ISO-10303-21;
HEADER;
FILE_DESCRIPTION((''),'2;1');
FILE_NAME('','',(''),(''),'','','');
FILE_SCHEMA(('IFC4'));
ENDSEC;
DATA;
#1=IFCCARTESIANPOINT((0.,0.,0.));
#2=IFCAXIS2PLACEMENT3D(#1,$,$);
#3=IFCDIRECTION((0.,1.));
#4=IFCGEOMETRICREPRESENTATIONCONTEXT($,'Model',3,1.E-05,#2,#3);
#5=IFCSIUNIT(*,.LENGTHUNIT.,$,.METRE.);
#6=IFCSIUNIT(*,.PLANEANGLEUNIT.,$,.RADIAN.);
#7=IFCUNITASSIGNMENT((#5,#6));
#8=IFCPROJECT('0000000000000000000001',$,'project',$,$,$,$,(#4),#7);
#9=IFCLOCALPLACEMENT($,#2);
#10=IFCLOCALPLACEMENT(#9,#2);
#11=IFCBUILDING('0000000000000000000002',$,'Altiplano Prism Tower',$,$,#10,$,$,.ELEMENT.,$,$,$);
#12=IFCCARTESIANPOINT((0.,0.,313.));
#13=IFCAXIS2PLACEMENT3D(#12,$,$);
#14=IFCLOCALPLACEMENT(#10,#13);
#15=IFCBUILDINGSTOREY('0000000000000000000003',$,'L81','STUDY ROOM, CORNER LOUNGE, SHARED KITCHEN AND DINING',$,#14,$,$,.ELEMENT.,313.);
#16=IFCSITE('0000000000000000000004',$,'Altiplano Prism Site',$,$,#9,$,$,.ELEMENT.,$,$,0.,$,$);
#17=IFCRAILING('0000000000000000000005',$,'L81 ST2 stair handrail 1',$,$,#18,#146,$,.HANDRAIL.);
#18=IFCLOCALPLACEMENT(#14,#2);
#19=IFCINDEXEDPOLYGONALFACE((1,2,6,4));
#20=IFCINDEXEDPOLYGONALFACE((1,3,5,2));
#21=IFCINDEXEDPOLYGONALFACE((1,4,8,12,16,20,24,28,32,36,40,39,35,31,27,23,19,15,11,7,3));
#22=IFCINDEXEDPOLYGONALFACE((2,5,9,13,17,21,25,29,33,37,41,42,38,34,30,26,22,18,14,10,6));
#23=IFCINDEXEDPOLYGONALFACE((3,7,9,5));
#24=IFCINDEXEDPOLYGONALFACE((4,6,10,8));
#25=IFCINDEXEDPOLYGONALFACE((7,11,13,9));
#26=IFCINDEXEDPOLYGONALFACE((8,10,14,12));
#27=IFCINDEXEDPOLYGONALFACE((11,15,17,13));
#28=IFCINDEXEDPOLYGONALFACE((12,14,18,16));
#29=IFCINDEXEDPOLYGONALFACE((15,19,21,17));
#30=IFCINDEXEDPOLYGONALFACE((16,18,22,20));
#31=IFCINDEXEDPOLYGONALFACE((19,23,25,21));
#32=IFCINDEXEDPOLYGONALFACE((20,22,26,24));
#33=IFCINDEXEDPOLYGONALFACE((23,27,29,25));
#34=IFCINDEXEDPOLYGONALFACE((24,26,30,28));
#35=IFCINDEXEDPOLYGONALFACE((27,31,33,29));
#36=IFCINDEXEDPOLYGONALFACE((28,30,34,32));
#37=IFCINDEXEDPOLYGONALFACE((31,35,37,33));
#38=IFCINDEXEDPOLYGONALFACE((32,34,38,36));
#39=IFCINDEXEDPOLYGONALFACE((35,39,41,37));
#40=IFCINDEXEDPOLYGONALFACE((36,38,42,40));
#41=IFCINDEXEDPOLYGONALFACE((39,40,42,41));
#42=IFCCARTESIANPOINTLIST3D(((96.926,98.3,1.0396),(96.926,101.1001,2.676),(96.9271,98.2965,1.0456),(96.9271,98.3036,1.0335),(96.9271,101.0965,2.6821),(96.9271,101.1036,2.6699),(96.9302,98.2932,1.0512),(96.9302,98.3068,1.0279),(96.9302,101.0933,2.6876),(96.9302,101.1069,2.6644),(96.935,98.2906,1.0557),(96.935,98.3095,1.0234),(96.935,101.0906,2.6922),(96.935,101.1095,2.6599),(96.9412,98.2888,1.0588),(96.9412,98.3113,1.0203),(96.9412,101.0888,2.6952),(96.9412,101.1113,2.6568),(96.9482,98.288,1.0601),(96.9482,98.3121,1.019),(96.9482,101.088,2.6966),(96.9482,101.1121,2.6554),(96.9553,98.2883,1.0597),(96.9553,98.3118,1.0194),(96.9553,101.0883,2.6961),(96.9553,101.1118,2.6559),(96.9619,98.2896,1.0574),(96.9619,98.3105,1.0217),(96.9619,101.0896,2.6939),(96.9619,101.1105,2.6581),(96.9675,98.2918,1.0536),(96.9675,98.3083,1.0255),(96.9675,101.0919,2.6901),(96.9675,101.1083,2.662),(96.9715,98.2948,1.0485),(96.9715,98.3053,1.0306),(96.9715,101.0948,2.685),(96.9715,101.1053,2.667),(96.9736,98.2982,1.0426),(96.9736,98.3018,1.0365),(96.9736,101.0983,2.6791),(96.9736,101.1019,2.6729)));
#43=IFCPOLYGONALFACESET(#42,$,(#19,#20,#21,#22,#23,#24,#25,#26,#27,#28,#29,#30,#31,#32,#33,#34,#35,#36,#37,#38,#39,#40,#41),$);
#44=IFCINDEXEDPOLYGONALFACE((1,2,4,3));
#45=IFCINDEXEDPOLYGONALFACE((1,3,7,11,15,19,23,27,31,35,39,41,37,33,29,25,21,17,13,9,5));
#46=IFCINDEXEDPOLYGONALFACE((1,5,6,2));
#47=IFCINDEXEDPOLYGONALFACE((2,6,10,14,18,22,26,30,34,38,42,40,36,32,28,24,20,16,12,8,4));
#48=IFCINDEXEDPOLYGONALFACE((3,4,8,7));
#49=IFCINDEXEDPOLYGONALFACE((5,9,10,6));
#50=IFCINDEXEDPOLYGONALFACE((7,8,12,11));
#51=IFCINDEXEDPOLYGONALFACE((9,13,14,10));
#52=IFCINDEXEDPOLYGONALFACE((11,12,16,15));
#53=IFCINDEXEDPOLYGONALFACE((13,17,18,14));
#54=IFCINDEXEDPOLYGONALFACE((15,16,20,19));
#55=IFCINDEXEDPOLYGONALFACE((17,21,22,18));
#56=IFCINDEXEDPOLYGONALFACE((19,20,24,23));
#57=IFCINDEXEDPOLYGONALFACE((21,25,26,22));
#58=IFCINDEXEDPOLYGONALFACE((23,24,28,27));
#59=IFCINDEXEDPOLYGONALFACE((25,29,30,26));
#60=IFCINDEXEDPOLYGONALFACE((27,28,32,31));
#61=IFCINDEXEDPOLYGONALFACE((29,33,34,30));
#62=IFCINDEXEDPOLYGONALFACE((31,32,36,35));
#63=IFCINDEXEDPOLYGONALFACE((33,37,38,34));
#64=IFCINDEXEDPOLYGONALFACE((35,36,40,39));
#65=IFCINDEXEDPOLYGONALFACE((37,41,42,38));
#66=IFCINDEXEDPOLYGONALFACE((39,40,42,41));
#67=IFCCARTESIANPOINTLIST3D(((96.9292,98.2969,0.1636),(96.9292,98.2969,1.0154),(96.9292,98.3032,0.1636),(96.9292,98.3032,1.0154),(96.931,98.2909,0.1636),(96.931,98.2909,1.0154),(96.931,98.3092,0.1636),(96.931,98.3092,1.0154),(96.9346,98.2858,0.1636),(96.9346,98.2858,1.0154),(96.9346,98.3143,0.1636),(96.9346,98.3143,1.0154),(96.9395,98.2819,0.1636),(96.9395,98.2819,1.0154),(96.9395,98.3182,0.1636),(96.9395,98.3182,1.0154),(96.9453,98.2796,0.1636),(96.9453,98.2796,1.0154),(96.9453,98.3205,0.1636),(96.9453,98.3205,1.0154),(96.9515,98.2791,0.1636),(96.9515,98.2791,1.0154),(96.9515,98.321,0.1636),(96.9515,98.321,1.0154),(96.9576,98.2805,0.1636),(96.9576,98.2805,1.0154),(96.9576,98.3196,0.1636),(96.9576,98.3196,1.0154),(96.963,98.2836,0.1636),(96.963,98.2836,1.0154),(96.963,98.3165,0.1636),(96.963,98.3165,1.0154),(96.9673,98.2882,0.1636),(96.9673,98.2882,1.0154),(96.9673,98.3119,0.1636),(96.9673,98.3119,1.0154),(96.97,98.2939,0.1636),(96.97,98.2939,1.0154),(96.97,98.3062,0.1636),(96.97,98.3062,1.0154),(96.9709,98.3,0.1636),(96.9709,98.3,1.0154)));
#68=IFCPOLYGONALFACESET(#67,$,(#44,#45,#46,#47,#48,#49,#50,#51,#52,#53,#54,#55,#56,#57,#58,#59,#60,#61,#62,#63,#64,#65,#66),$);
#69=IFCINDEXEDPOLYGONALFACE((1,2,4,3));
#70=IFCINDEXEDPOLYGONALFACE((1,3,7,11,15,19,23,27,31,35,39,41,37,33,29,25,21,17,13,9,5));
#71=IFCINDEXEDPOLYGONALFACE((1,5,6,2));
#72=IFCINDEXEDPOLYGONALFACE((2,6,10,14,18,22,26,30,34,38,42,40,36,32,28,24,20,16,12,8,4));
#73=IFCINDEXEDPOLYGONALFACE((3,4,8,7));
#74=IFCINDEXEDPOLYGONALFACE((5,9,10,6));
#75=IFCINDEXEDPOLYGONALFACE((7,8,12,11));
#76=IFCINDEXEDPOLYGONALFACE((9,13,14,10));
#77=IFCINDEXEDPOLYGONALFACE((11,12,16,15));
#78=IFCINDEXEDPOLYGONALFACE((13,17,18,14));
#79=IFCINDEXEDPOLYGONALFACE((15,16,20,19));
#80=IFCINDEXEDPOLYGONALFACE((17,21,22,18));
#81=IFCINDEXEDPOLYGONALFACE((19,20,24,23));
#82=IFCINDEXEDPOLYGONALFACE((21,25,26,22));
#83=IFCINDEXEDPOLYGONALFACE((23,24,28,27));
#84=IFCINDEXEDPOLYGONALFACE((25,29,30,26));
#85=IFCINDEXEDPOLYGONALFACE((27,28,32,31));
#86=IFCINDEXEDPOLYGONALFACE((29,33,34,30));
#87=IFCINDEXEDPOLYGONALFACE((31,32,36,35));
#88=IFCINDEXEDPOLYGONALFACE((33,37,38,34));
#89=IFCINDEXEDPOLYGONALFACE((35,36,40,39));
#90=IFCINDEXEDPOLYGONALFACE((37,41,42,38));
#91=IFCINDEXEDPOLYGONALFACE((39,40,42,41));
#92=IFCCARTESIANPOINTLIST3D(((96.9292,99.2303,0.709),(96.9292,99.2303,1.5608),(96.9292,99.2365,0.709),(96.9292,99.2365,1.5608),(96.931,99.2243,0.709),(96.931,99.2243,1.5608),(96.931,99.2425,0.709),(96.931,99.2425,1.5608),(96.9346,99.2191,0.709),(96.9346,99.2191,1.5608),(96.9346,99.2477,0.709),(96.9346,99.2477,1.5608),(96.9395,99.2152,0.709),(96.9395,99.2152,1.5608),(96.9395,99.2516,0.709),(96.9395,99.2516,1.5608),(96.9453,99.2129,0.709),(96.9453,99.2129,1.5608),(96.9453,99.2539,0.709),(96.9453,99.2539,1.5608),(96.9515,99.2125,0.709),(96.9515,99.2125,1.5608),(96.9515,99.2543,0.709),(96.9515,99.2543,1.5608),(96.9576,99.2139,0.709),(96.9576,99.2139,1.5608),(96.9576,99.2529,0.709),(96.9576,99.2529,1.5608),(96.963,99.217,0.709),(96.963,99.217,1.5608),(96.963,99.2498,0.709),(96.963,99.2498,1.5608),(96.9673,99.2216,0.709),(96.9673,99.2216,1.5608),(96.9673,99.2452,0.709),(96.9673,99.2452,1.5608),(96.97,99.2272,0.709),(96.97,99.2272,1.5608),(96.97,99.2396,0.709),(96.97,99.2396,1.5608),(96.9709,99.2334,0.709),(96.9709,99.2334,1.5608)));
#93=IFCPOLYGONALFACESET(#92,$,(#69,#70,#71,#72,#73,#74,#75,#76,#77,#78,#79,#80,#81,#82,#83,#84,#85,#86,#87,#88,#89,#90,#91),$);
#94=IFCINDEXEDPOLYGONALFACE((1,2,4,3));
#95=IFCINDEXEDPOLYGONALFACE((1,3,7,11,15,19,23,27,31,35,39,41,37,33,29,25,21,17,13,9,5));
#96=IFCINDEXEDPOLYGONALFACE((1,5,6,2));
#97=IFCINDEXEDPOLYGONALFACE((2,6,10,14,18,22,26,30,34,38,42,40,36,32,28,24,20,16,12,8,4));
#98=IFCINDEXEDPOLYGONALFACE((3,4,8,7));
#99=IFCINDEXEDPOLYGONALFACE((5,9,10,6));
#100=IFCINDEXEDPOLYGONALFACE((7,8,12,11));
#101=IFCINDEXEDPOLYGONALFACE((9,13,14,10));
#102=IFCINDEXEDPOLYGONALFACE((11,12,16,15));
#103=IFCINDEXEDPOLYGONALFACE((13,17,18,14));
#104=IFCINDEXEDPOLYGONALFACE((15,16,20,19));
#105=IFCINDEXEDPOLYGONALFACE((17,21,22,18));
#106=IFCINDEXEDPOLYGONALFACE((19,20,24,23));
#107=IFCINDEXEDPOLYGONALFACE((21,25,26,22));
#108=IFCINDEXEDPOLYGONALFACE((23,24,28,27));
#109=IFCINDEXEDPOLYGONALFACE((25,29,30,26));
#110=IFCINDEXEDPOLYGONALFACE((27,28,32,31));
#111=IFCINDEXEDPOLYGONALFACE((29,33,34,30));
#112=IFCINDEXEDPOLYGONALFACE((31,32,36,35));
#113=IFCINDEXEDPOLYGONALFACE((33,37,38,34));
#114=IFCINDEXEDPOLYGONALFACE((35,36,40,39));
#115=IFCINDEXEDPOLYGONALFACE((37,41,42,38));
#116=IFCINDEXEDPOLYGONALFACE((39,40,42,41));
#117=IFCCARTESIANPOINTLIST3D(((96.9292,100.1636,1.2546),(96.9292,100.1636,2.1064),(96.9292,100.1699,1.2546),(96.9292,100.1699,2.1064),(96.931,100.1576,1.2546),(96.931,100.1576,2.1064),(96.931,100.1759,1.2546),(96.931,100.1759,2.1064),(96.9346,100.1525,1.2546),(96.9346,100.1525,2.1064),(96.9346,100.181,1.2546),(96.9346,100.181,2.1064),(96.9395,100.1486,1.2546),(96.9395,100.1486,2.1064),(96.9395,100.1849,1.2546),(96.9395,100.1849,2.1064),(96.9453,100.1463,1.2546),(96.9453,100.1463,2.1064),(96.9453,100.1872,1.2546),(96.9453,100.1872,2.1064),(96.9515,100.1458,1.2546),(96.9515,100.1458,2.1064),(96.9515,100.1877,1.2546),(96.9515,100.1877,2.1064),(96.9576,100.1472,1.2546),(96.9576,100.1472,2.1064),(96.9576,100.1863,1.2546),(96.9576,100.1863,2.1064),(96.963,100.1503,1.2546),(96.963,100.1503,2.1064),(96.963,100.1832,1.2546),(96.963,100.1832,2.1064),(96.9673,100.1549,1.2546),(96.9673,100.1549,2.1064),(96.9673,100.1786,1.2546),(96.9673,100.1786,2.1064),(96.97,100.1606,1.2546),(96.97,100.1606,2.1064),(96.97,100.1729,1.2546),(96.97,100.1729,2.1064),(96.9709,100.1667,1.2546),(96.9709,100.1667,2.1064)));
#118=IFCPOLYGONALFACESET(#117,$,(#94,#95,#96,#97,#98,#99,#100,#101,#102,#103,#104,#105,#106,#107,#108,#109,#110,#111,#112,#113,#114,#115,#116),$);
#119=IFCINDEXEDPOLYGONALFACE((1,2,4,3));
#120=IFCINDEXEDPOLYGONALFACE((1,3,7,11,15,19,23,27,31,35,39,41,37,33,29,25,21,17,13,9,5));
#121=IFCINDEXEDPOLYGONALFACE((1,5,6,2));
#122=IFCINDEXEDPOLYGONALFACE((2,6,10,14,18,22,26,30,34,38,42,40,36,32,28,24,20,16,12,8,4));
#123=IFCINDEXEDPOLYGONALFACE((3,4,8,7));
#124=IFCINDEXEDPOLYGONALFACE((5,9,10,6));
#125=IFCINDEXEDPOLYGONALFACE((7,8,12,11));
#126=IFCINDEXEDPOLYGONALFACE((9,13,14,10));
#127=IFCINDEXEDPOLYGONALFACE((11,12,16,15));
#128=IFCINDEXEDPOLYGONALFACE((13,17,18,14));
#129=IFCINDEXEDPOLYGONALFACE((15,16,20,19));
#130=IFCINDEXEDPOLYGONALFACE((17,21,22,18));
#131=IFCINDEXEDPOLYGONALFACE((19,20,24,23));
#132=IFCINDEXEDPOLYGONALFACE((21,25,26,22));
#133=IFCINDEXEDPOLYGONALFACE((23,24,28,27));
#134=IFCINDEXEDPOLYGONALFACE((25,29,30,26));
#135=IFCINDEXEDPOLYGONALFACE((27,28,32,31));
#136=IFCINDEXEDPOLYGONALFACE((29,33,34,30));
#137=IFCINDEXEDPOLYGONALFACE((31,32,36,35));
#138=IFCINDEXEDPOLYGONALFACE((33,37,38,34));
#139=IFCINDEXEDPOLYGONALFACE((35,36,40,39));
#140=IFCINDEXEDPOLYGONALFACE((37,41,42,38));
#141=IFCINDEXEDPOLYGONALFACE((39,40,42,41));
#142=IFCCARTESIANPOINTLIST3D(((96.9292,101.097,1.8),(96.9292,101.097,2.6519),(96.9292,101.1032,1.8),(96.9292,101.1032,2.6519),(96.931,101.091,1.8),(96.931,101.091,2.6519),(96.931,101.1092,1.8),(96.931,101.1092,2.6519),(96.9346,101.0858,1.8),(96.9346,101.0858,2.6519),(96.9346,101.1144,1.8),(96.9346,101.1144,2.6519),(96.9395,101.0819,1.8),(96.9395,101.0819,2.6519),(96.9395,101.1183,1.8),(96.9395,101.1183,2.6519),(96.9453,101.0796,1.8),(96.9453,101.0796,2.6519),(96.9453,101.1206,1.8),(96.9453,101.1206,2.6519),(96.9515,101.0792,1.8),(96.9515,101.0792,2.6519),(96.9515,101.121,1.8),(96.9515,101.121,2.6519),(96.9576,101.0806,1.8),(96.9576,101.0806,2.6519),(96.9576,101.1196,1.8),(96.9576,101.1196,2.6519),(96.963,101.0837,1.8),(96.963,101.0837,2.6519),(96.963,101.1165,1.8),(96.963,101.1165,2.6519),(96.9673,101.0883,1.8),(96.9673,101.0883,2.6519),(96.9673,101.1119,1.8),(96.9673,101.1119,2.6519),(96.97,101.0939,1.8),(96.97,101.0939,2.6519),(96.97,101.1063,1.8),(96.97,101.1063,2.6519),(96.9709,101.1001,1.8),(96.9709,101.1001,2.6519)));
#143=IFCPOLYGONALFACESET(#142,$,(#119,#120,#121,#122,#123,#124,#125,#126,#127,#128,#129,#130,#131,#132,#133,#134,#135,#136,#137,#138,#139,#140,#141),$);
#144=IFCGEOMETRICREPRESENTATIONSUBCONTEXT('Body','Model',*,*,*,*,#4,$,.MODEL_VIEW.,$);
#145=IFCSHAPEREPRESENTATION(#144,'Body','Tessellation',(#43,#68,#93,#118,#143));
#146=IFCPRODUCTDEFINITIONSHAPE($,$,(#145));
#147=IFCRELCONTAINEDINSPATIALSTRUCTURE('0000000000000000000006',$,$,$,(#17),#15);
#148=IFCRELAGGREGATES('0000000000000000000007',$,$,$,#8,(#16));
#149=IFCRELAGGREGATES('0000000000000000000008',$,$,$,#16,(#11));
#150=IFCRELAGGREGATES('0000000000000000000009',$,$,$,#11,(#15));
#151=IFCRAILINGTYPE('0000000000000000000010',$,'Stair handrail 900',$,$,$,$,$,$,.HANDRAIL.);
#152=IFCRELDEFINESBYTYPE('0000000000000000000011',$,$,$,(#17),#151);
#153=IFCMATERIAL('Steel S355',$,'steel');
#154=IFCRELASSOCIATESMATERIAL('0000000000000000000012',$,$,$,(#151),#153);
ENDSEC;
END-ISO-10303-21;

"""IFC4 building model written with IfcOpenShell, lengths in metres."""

from ifc_helpers import new_model, si_unit, direction, frame, origin, origin_2d, place, context, subcontext, project, spatial, circle, extrude, material, type_object, element, save


model = new_model("IFC4")

# Units and contexts
model_context = context("Model", 3, precision=1e-05, world=origin(), true_north=direction((0.0, 1.0)))
body_context = subcontext(model_context, "Body", "Model", "MODEL_VIEW")
ifc_project = project(units=[si_unit("LENGTHUNIT", "METRE"), si_unit("PLANEANGLEUNIT", "RADIAN")], contexts=[model_context])

# Site, building, storey
site_placement = place(None, origin())
site = spatial("IfcSite", under=ifc_project, at=site_placement, Name="Altiplano Prism Site", CompositionType="ELEMENT", RefElevation=0.0)
building_placement = place(site_placement, origin())
building = spatial("IfcBuilding", under=site, at=building_placement, Name="Altiplano Prism Tower", CompositionType="ELEMENT")
storey_placement = place(building_placement, frame((0.0, 0.0, 313.0)))
storey = spatial("IfcBuildingStorey", under=building, at=storey_placement, Name="L81", Description="STUDY ROOM, CORNER LOUNGE, SHARED KITCHEN AND DINING", CompositionType="ELEMENT", Elevation=313.0)

# Shared definitions
ifc_material_1 = material(Name="Steel S355", Category="steel")

# Railing
railing_type_1 = type_object("IfcRailingType", Name="Stair handrail 900", PredefinedType="HANDRAIL", material=ifc_material_1)
railing_1_placement = place(storey_placement, frame((96.95, 98.3, 0.1636)))
element("IfcRailing", 1, at=railing_1_placement, inside=storey, type_object=railing_type_1, Name="L81 ST2 stair handrail 1", PredefinedType="HANDRAIL", context=body_context, shape_type="SweptSolid", body=[
    extrude(circle(Radius=0.0239, at=origin_2d()), frame((0.0, 0.0, 0.876), z_axis=(0.0, 0.863361, 0.504587), x_axis=(-1.0, 0.0, 0.0)), (0.0, 0.0, 1.0), 3.2432),
    extrude(circle(Radius=0.021, at=origin_2d()), origin(), (0.0, 0.0, 1.0), 0.8518),
    extrude(circle(Radius=0.021, at=origin_2d()), frame((0.0, 0.9333, 0.5454)), (0.0, 0.0, 1.0), 0.8518),
    extrude(circle(Radius=0.021, at=origin_2d()), frame((0.0, 1.8667, 1.0911)), (0.0, 0.0, 1.0), 0.8518),
    extrude(circle(Radius=0.021, at=origin_2d()), frame((0.0, 2.8, 1.6365)), (0.0, 0.0, 1.0), 0.8518),
])

save(model, "model.ifc")
